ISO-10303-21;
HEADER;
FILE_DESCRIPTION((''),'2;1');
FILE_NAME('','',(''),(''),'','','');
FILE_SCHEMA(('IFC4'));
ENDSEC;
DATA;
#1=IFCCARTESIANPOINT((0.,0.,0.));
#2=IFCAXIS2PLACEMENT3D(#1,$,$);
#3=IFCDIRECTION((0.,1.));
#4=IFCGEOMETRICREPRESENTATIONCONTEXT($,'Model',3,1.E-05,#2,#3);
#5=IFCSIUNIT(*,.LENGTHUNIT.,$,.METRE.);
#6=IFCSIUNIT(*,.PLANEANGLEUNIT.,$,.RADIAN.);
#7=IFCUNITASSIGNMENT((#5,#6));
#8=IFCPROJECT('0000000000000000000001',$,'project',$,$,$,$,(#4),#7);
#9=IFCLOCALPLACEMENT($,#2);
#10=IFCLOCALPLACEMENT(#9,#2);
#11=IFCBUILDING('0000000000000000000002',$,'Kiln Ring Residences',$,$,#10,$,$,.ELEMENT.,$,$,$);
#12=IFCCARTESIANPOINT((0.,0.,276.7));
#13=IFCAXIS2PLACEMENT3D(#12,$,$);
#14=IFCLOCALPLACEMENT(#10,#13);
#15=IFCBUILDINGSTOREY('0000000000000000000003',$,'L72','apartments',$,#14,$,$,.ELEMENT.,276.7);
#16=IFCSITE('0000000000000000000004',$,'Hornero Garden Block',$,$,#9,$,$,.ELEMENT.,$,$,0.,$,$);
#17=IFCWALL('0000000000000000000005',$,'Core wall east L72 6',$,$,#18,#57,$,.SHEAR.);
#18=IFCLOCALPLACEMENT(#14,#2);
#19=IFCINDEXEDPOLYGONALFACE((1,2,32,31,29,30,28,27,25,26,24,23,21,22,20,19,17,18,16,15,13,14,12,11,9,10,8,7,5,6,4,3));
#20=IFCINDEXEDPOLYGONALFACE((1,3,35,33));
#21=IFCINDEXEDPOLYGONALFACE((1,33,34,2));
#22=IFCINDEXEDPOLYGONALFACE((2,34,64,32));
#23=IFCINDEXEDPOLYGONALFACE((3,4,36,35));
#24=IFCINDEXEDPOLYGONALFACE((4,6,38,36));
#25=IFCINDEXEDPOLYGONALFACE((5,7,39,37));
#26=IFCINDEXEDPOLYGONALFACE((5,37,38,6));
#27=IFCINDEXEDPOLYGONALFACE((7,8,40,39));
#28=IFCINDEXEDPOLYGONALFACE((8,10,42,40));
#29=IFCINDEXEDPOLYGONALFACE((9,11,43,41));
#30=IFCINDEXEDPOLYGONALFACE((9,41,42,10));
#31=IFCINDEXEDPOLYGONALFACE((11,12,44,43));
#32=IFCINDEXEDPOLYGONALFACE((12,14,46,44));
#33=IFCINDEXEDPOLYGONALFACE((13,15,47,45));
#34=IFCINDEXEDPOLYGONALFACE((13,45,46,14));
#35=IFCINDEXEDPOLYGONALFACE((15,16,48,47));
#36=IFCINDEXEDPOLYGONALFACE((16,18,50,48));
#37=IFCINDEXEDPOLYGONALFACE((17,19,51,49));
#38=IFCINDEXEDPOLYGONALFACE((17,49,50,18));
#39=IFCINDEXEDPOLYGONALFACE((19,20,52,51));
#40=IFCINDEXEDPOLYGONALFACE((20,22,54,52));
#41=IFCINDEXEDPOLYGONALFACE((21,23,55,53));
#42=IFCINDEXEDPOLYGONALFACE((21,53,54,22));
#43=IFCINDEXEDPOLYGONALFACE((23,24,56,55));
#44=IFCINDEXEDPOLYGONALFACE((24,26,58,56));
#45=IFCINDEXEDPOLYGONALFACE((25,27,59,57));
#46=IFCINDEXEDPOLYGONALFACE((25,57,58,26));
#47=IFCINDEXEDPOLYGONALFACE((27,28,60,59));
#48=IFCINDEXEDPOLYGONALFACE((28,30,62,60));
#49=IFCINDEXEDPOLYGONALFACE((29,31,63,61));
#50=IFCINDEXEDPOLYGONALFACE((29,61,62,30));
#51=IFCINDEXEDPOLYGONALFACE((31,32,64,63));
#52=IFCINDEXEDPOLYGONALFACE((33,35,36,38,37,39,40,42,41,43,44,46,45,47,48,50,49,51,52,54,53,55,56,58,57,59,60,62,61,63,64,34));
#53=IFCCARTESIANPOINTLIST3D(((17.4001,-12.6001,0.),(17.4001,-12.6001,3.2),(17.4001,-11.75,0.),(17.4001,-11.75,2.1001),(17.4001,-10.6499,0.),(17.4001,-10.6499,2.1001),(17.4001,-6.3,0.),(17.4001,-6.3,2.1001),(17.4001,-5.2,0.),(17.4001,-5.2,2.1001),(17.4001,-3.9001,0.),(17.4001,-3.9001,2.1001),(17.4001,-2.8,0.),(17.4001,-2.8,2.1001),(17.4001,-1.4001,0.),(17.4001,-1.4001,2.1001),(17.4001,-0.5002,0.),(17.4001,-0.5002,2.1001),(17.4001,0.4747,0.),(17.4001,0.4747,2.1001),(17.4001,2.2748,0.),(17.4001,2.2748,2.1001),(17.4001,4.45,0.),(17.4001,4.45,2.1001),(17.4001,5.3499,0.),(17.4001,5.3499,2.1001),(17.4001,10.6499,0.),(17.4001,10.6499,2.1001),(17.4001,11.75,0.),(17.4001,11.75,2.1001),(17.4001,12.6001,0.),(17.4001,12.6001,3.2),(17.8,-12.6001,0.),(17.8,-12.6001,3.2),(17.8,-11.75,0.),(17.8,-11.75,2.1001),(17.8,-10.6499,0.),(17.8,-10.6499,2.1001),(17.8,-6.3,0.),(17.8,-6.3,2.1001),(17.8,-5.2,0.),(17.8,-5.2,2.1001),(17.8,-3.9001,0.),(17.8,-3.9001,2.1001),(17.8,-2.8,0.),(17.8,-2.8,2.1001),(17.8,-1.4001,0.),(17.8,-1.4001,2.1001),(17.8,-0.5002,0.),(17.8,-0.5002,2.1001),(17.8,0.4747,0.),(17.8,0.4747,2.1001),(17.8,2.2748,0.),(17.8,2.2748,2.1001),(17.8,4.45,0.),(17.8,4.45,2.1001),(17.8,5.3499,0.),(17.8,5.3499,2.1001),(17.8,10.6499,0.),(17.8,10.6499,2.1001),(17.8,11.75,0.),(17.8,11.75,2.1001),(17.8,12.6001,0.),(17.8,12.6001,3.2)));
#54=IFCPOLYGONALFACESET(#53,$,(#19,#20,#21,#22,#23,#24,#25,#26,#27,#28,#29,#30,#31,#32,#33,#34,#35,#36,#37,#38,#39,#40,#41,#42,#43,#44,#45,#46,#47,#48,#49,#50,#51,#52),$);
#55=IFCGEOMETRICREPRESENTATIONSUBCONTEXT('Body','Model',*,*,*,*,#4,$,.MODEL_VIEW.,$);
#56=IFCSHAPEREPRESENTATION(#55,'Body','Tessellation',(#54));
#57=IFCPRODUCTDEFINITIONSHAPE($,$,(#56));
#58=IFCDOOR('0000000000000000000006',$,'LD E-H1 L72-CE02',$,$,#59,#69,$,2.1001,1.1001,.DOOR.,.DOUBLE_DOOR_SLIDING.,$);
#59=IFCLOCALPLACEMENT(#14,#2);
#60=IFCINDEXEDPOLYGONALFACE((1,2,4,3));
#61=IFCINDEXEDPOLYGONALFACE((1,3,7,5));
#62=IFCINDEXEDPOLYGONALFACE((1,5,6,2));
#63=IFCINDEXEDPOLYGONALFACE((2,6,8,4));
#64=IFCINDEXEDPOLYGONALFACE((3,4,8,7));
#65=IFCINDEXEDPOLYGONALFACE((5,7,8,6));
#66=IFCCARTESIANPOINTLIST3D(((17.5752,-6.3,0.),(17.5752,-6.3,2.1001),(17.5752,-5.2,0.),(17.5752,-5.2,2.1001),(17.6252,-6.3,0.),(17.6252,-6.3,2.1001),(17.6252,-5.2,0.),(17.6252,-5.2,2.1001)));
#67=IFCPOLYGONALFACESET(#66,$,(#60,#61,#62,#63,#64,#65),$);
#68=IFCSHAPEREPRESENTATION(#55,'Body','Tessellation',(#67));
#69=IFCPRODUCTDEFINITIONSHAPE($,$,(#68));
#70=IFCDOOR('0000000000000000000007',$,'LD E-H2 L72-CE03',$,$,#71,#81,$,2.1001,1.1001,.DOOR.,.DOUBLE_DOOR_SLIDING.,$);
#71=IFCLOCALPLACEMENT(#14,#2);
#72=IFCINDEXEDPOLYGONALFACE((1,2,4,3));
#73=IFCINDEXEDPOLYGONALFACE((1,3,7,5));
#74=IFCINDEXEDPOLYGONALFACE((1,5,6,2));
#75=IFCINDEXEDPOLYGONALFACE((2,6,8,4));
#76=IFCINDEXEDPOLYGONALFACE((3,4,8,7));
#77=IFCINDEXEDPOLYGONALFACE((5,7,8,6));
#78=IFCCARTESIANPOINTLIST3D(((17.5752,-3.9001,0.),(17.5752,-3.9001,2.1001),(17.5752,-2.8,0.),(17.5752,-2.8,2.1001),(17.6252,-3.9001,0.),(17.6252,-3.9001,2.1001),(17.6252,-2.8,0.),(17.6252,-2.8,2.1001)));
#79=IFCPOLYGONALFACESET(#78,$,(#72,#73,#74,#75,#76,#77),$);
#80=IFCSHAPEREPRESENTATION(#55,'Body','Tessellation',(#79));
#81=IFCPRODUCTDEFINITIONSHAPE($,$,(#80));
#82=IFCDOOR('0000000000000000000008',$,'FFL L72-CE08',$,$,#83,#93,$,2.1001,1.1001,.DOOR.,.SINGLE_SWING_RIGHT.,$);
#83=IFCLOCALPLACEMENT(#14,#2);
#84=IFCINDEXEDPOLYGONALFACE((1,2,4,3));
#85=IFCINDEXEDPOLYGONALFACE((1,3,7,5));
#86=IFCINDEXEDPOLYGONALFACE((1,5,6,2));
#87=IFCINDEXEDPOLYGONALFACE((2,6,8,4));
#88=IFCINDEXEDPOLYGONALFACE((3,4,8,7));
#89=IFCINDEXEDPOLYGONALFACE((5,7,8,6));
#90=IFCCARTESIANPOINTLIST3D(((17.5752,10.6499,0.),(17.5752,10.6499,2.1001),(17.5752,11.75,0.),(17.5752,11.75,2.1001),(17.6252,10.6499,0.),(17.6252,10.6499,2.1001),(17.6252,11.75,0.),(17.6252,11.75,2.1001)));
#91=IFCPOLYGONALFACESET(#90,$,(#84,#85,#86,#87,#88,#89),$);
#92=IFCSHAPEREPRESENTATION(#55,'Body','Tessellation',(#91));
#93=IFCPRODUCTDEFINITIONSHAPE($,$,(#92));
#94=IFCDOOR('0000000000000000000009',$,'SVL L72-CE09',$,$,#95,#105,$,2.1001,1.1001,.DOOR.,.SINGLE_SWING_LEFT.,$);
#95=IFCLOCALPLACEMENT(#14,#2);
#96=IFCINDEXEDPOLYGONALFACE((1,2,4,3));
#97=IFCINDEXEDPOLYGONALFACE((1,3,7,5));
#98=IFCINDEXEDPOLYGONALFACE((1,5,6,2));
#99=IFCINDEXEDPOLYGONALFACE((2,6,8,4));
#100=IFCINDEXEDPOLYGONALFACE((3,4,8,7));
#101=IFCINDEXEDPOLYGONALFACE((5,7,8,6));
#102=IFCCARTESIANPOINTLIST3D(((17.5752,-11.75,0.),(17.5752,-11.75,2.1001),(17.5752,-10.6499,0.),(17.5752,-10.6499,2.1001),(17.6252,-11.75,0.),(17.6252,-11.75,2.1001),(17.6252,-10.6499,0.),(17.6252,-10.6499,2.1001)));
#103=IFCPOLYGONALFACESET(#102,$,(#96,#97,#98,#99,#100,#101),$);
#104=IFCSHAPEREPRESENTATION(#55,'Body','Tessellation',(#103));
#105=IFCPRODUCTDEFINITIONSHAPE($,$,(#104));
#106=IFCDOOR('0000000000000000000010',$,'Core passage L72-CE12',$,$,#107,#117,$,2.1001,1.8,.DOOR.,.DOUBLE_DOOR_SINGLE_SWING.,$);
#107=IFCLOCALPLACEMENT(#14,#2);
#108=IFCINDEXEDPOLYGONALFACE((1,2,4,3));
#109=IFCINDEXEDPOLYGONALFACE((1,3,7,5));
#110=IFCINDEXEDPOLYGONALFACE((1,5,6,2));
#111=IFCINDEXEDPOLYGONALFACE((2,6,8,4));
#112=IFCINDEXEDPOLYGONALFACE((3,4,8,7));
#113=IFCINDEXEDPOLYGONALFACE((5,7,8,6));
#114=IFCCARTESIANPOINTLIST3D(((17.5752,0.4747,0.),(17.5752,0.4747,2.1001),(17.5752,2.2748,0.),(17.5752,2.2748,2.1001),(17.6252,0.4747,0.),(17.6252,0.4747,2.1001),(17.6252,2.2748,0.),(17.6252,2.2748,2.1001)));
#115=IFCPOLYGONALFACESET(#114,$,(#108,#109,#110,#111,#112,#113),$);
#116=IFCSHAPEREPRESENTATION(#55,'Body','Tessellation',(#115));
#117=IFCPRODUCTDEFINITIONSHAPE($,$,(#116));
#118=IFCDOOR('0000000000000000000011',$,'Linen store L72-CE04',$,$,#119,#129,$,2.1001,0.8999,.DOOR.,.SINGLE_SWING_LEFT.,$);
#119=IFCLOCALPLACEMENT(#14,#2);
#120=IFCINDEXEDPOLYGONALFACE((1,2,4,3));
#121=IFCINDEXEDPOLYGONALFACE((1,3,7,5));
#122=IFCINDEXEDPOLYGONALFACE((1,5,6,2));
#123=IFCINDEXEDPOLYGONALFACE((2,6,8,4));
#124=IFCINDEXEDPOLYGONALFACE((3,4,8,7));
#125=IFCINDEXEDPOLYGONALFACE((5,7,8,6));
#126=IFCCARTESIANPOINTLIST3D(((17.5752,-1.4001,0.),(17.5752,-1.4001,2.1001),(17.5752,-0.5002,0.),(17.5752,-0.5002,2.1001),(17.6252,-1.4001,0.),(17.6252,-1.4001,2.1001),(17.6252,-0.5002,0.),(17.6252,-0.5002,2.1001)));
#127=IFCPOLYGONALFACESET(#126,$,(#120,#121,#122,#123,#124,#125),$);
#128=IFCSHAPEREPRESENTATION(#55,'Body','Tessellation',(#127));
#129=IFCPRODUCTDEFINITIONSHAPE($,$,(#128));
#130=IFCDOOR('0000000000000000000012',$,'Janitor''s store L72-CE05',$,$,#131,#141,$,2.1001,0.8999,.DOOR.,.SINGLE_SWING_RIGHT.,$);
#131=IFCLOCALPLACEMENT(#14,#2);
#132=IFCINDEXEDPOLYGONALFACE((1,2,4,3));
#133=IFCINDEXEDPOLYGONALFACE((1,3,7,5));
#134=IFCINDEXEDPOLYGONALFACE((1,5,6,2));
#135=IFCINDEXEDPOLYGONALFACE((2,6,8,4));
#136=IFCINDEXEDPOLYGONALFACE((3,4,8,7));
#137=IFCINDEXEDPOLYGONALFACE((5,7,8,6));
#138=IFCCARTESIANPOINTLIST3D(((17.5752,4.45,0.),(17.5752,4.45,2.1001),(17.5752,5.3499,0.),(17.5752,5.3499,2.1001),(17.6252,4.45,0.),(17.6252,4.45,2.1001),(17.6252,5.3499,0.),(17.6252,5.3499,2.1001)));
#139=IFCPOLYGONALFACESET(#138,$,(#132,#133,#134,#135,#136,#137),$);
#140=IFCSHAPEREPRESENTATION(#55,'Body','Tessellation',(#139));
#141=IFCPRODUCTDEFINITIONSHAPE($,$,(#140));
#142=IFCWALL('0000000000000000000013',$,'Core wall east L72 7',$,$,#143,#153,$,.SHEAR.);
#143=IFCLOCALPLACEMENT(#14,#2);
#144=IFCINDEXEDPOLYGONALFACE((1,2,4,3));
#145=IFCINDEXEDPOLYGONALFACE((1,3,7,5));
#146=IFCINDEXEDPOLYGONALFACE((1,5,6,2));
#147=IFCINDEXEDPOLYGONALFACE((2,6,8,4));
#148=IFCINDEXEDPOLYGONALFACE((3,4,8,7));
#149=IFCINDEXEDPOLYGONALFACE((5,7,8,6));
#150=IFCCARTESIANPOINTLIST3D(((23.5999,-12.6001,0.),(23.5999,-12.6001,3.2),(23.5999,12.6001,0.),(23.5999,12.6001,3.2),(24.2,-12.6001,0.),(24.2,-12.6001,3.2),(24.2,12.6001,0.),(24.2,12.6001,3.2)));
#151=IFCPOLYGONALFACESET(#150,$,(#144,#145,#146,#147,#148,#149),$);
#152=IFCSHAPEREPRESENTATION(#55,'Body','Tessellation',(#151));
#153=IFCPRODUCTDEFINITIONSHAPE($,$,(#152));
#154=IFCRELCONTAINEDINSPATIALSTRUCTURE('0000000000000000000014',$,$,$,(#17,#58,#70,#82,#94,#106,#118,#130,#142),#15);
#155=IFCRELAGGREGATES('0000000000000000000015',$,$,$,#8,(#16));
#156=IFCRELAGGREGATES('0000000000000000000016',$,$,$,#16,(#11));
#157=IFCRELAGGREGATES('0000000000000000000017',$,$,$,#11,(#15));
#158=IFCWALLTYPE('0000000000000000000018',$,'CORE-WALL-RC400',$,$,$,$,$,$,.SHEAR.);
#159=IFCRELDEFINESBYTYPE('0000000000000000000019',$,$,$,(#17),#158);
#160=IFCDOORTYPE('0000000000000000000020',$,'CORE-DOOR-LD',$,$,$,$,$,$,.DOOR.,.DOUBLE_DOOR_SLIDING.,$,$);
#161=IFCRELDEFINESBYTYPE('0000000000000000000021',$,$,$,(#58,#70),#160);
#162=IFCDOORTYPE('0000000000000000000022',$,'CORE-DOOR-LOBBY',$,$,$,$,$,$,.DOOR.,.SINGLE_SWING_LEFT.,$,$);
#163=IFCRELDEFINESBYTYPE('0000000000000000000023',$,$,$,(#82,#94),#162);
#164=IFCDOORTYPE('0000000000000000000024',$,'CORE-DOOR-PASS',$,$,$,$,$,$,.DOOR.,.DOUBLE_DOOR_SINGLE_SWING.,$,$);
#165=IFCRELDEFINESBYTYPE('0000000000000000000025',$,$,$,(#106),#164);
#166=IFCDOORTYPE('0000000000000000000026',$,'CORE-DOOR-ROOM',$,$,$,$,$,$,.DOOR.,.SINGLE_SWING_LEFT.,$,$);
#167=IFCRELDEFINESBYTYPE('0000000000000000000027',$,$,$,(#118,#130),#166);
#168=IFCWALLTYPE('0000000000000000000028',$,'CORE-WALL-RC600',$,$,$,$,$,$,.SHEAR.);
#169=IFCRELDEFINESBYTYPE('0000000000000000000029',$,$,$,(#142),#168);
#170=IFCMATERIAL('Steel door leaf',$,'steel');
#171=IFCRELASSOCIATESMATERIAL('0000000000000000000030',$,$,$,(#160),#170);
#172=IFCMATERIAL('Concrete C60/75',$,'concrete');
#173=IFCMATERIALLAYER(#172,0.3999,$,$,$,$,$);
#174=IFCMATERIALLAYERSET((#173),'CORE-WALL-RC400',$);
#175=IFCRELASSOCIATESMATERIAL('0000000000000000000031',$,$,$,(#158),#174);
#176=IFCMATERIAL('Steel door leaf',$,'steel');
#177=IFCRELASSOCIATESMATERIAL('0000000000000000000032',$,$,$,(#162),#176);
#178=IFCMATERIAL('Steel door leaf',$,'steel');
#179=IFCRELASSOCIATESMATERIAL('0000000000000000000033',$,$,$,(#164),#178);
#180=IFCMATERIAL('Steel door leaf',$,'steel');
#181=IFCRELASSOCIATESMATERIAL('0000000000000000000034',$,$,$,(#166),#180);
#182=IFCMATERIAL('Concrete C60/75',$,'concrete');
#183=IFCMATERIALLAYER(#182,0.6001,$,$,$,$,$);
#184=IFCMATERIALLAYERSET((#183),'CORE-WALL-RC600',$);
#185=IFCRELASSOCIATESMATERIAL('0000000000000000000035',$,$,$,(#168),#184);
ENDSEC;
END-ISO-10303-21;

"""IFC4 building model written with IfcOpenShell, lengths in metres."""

from ifc_helpers import new_model, si_unit, direction, frame, frame_2d, origin, place, context, subcontext, project, spatial, rectangle, extrude, material, layer, layer_set, type_object, element, fill, save


model = new_model("IFC4")

# Units and contexts
model_context = context("Model", 3, precision=1e-05, world=origin(), true_north=direction((0.0, 1.0)))
body_context = subcontext(model_context, "Body", "Model", "MODEL_VIEW")
ifc_project = project(units=[si_unit("LENGTHUNIT", "METRE"), si_unit("PLANEANGLEUNIT", "RADIAN")], contexts=[model_context])

# Site, building, storey
site_placement = place(None, origin())
site = spatial("IfcSite", under=ifc_project, at=site_placement, Name="Hornero Garden Block", CompositionType="ELEMENT", RefElevation=0.0)
building_placement = place(site_placement, origin())
building = spatial("IfcBuilding", under=site, at=building_placement, Name="Kiln Ring Residences", CompositionType="ELEMENT")
storey_placement = place(building_placement, frame((0.0, 0.0, 276.7)))
storey = spatial("IfcBuildingStorey", under=building, at=storey_placement, Name="L72", Description="apartments", CompositionType="ELEMENT", Elevation=276.7)

# Wall, openings, doors
ifc_material_1 = material(Name="Steel door leaf", Category="steel")
door_type_1 = type_object("IfcDoorType", Name="CORE-DOOR-LD", OperationType="DOUBLE_DOOR_SLIDING", PredefinedType="DOOR", material=ifc_material_1)
ifc_material_2 = material(Name="Concrete C60/75", Category="concrete")
ifc_layer_1 = layer(ifc_material_2, 0.3999)
ifc_layer_set_1 = layer_set([ifc_layer_1], Name="CORE-WALL-RC400")
wall_type_1 = type_object("IfcWallType", Name="CORE-WALL-RC400", PredefinedType="SHEAR", material=ifc_layer_set_1)
wall_1_placement = place(storey_placement, frame((17.6001, -12.6001, 0.0), z_axis=(0.0, 0.0, 1.0), x_axis=(0.0, 1.0, 0.0)))
wall_1 = element("IfcWall", 1, at=wall_1_placement, inside=storey, type_object=wall_type_1, Name="Core wall east L72 6", PredefinedType="SHEAR", context=body_context, shape_type="SweptSolid", body=[
    extrude(rectangle(XDim=25.2002, YDim=0.3999, at=frame_2d((12.6001, 0.0))), origin(), (0.0, 0.0, 1.0), 3.2),
])
opening_1_placement = place(wall_1_placement, frame((6.3, 0.0, 0.0)))
opening_1 = element("IfcOpeningElement", 2, at=opening_1_placement, cuts=wall_1, PredefinedType="OPENING", context=body_context, shape_type="SweptSolid", body=[
    extrude(rectangle(XDim=1.1001, YDim=2.1001, at=frame_2d((0.55, 1.05))), frame((0.0, 0.21, 0.0), z_axis=(0.0, -1.0, 0.0), x_axis=(1.0, 0.0, 0.0)), (0.0, 0.0, 1.0), 0.4199),
])
opening_2_placement = place(wall_1_placement, frame((8.7, 0.0, 0.0)))
opening_2 = element("IfcOpeningElement", 3, at=opening_2_placement, cuts=wall_1, PredefinedType="OPENING", context=body_context, shape_type="SweptSolid", body=[
    extrude(rectangle(XDim=1.1001, YDim=2.1001, at=frame_2d((0.55, 1.05))), frame((0.0, 0.21, 0.0), z_axis=(0.0, -1.0, 0.0), x_axis=(1.0, 0.0, 0.0)), (0.0, 0.0, 1.0), 0.4199),
])
opening_3_placement = place(wall_1_placement, frame((11.2, 0.0, 0.0)))
opening_3 = element("IfcOpeningElement", 4, at=opening_3_placement, cuts=wall_1, PredefinedType="OPENING", context=body_context, shape_type="SweptSolid", body=[
    extrude(rectangle(XDim=0.8999, YDim=2.1001, at=frame_2d((0.45, 1.05))), frame((0.0, 0.21, 0.0), z_axis=(0.0, -1.0, 0.0), x_axis=(1.0, 0.0, 0.0)), (0.0, 0.0, 1.0), 0.4199),
])
opening_4_placement = place(wall_1_placement, frame((17.05, 0.0, 0.0)))
opening_4 = element("IfcOpeningElement", 5, at=opening_4_placement, cuts=wall_1, PredefinedType="OPENING", context=body_context, shape_type="SweptSolid", body=[
    extrude(rectangle(XDim=0.8999, YDim=2.1001, at=frame_2d((0.45, 1.05))), frame((0.0, 0.21, 0.0), z_axis=(0.0, -1.0, 0.0), x_axis=(1.0, 0.0, 0.0)), (0.0, 0.0, 1.0), 0.4199),
])
opening_5_placement = place(wall_1_placement, frame((23.25, 0.0, 0.0)))
opening_5 = element("IfcOpeningElement", 6, at=opening_5_placement, cuts=wall_1, PredefinedType="OPENING", context=body_context, shape_type="SweptSolid", body=[
    extrude(rectangle(XDim=1.1001, YDim=2.1001, at=frame_2d((0.55, 1.05))), frame((0.0, 0.21, 0.0), z_axis=(0.0, -1.0, 0.0), x_axis=(1.0, 0.0, 0.0)), (0.0, 0.0, 1.0), 0.4199),
])
opening_6_placement = place(wall_1_placement, frame((0.8501, 0.0, 0.0)))
opening_6 = element("IfcOpeningElement", 7, at=opening_6_placement, cuts=wall_1, PredefinedType="OPENING", context=body_context, shape_type="SweptSolid", body=[
    extrude(rectangle(XDim=1.1001, YDim=2.1001, at=frame_2d((0.55, 1.05))), frame((0.0, 0.21, 0.0), z_axis=(0.0, -1.0, 0.0), x_axis=(1.0, 0.0, 0.0)), (0.0, 0.0, 1.0), 0.4199),
])
opening_7_placement = place(wall_1_placement, frame((13.075, 0.0, 0.0)))
opening_7 = element("IfcOpeningElement", 8, at=opening_7_placement, cuts=wall_1, PredefinedType="OPENING", context=body_context, shape_type="SweptSolid", body=[
    extrude(rectangle(XDim=1.8, YDim=2.1001, at=frame_2d((0.8999, 1.05))), frame((0.0, 0.21, 0.0), z_axis=(0.0, -1.0, 0.0), x_axis=(1.0, 0.0, 0.0)), (0.0, 0.0, 1.0), 0.4199),
])
door_1_placement = place(opening_1_placement, origin())
door_1 = element("IfcDoor", 9, at=door_1_placement, inside=storey, type_object=door_type_1, Name="LD E-H1 L72-CE02", OperationType="DOUBLE_DOOR_SLIDING", OverallHeight=2.1001, OverallWidth=1.1001, PredefinedType="DOOR", context=body_context, shape_type="SweptSolid", body=[
    extrude(rectangle(XDim=1.1001, YDim=2.1001, at=frame_2d((0.55, 1.05))), frame((0.0, 0.0249, 0.0), z_axis=(0.0, -1.0, 0.0), x_axis=(1.0, 0.0, 0.0)), (0.0, 0.0, 1.0), 0.05),
])
fill(opening_1, door_1)
door_2_placement = place(opening_2_placement, origin())
door_2 = element("IfcDoor", 10, at=door_2_placement, inside=storey, type_object=door_type_1, Name="LD E-H2 L72-CE03", OperationType="DOUBLE_DOOR_SLIDING", OverallHeight=2.1001, OverallWidth=1.1001, PredefinedType="DOOR", context=body_context, shape_type="SweptSolid", body=[
    extrude(rectangle(XDim=1.1001, YDim=2.1001, at=frame_2d((0.55, 1.05))), frame((0.0, 0.0249, 0.0), z_axis=(0.0, -1.0, 0.0), x_axis=(1.0, 0.0, 0.0)), (0.0, 0.0, 1.0), 0.05),
])
fill(opening_2, door_2)
ifc_material_3 = material(Name="Steel door leaf", Category="steel")
door_type_2 = type_object("IfcDoorType", Name="CORE-DOOR-LOBBY", OperationType="SINGLE_SWING_LEFT", PredefinedType="DOOR", material=ifc_material_3)
door_3_placement = place(opening_5_placement, origin())
door_3 = element("IfcDoor", 11, at=door_3_placement, inside=storey, type_object=door_type_2, Name="FFL L72-CE08", OperationType="SINGLE_SWING_RIGHT", OverallHeight=2.1001, OverallWidth=1.1001, PredefinedType="DOOR", context=body_context, shape_type="SweptSolid", body=[
    extrude(rectangle(XDim=1.1001, YDim=2.1001, at=frame_2d((0.55, 1.05))), frame((0.0, 0.0249, 0.0), z_axis=(0.0, -1.0, 0.0), x_axis=(1.0, 0.0, 0.0)), (0.0, 0.0, 1.0), 0.05),
])
fill(opening_5, door_3)
door_4_placement = place(opening_6_placement, origin())
door_4 = element("IfcDoor", 12, at=door_4_placement, inside=storey, type_object=door_type_2, Name="SVL L72-CE09", OperationType="SINGLE_SWING_LEFT", OverallHeight=2.1001, OverallWidth=1.1001, PredefinedType="DOOR", context=body_context, shape_type="SweptSolid", body=[
    extrude(rectangle(XDim=1.1001, YDim=2.1001, at=frame_2d((0.55, 1.05))), frame((0.0, 0.0249, 0.0), z_axis=(0.0, -1.0, 0.0), x_axis=(1.0, 0.0, 0.0)), (0.0, 0.0, 1.0), 0.05),
])
fill(opening_6, door_4)
ifc_material_4 = material(Name="Steel door leaf", Category="steel")
door_type_3 = type_object("IfcDoorType", Name="CORE-DOOR-PASS", OperationType="DOUBLE_DOOR_SINGLE_SWING", PredefinedType="DOOR", material=ifc_material_4)
door_5_placement = place(opening_7_placement, origin())
door_5 = element("IfcDoor", 13, at=door_5_placement, inside=storey, type_object=door_type_3, Name="Core passage L72-CE12", OperationType="DOUBLE_DOOR_SINGLE_SWING", OverallHeight=2.1001, OverallWidth=1.8, PredefinedType="DOOR", context=body_context, shape_type="SweptSolid", body=[
    extrude(rectangle(XDim=1.8, YDim=2.1001, at=frame_2d((0.8999, 1.05))), frame((0.0, 0.0249, 0.0), z_axis=(0.0, -1.0, 0.0), x_axis=(1.0, 0.0, 0.0)), (0.0, 0.0, 1.0), 0.05),
])
fill(opening_7, door_5)
ifc_material_5 = material(Name="Steel door leaf", Category="steel")
door_type_4 = type_object("IfcDoorType", Name="CORE-DOOR-ROOM", OperationType="SINGLE_SWING_LEFT", PredefinedType="DOOR", material=ifc_material_5)
door_6_placement = place(opening_3_placement, origin())
door_6 = element("IfcDoor", 14, at=door_6_placement, inside=storey, type_object=door_type_4, Name="Linen store L72-CE04", OperationType="SINGLE_SWING_LEFT", OverallHeight=2.1001, OverallWidth=0.8999, PredefinedType="DOOR", context=body_context, shape_type="SweptSolid", body=[
    extrude(rectangle(XDim=0.8999, YDim=2.1001, at=frame_2d((0.45, 1.05))), frame((0.0, 0.0249, 0.0), z_axis=(0.0, -1.0, 0.0), x_axis=(1.0, 0.0, 0.0)), (0.0, 0.0, 1.0), 0.05),
])
fill(opening_3, door_6)
door_7_placement = place(opening_4_placement, origin())
door_7 = element("IfcDoor", 15, at=door_7_placement, inside=storey, type_object=door_type_4, Name="Janitor's store L72-CE05", OperationType="SINGLE_SWING_RIGHT", OverallHeight=2.1001, OverallWidth=0.8999, PredefinedType="DOOR", context=body_context, shape_type="SweptSolid", body=[
    extrude(rectangle(XDim=0.8999, YDim=2.1001, at=frame_2d((0.45, 1.05))), frame((0.0, 0.0249, 0.0), z_axis=(0.0, -1.0, 0.0), x_axis=(1.0, 0.0, 0.0)), (0.0, 0.0, 1.0), 0.05),
])
fill(opening_4, door_7)

# Wall
ifc_material_6 = material(Name="Concrete C60/75", Category="concrete")
ifc_layer_2 = layer(ifc_material_6, 0.6001)
ifc_layer_set_2 = layer_set([ifc_layer_2], Name="CORE-WALL-RC600")
wall_type_2 = type_object("IfcWallType", Name="CORE-WALL-RC600", PredefinedType="SHEAR", material=ifc_layer_set_2)
wall_2_placement = place(storey_placement, frame((23.8999, -12.6001, 0.0), z_axis=(0.0, 0.0, 1.0), x_axis=(0.0, 1.0, 0.0)))
element("IfcWall", 16, at=wall_2_placement, inside=storey, type_object=wall_type_2, Name="Core wall east L72 7", PredefinedType="SHEAR", context=body_context, shape_type="SweptSolid", body=[
    extrude(rectangle(XDim=25.2002, YDim=0.6001, at=frame_2d((12.6001, 0.0))), origin(), (0.0, 0.0, 1.0), 3.2),
])

save(model, "model.ifc")
